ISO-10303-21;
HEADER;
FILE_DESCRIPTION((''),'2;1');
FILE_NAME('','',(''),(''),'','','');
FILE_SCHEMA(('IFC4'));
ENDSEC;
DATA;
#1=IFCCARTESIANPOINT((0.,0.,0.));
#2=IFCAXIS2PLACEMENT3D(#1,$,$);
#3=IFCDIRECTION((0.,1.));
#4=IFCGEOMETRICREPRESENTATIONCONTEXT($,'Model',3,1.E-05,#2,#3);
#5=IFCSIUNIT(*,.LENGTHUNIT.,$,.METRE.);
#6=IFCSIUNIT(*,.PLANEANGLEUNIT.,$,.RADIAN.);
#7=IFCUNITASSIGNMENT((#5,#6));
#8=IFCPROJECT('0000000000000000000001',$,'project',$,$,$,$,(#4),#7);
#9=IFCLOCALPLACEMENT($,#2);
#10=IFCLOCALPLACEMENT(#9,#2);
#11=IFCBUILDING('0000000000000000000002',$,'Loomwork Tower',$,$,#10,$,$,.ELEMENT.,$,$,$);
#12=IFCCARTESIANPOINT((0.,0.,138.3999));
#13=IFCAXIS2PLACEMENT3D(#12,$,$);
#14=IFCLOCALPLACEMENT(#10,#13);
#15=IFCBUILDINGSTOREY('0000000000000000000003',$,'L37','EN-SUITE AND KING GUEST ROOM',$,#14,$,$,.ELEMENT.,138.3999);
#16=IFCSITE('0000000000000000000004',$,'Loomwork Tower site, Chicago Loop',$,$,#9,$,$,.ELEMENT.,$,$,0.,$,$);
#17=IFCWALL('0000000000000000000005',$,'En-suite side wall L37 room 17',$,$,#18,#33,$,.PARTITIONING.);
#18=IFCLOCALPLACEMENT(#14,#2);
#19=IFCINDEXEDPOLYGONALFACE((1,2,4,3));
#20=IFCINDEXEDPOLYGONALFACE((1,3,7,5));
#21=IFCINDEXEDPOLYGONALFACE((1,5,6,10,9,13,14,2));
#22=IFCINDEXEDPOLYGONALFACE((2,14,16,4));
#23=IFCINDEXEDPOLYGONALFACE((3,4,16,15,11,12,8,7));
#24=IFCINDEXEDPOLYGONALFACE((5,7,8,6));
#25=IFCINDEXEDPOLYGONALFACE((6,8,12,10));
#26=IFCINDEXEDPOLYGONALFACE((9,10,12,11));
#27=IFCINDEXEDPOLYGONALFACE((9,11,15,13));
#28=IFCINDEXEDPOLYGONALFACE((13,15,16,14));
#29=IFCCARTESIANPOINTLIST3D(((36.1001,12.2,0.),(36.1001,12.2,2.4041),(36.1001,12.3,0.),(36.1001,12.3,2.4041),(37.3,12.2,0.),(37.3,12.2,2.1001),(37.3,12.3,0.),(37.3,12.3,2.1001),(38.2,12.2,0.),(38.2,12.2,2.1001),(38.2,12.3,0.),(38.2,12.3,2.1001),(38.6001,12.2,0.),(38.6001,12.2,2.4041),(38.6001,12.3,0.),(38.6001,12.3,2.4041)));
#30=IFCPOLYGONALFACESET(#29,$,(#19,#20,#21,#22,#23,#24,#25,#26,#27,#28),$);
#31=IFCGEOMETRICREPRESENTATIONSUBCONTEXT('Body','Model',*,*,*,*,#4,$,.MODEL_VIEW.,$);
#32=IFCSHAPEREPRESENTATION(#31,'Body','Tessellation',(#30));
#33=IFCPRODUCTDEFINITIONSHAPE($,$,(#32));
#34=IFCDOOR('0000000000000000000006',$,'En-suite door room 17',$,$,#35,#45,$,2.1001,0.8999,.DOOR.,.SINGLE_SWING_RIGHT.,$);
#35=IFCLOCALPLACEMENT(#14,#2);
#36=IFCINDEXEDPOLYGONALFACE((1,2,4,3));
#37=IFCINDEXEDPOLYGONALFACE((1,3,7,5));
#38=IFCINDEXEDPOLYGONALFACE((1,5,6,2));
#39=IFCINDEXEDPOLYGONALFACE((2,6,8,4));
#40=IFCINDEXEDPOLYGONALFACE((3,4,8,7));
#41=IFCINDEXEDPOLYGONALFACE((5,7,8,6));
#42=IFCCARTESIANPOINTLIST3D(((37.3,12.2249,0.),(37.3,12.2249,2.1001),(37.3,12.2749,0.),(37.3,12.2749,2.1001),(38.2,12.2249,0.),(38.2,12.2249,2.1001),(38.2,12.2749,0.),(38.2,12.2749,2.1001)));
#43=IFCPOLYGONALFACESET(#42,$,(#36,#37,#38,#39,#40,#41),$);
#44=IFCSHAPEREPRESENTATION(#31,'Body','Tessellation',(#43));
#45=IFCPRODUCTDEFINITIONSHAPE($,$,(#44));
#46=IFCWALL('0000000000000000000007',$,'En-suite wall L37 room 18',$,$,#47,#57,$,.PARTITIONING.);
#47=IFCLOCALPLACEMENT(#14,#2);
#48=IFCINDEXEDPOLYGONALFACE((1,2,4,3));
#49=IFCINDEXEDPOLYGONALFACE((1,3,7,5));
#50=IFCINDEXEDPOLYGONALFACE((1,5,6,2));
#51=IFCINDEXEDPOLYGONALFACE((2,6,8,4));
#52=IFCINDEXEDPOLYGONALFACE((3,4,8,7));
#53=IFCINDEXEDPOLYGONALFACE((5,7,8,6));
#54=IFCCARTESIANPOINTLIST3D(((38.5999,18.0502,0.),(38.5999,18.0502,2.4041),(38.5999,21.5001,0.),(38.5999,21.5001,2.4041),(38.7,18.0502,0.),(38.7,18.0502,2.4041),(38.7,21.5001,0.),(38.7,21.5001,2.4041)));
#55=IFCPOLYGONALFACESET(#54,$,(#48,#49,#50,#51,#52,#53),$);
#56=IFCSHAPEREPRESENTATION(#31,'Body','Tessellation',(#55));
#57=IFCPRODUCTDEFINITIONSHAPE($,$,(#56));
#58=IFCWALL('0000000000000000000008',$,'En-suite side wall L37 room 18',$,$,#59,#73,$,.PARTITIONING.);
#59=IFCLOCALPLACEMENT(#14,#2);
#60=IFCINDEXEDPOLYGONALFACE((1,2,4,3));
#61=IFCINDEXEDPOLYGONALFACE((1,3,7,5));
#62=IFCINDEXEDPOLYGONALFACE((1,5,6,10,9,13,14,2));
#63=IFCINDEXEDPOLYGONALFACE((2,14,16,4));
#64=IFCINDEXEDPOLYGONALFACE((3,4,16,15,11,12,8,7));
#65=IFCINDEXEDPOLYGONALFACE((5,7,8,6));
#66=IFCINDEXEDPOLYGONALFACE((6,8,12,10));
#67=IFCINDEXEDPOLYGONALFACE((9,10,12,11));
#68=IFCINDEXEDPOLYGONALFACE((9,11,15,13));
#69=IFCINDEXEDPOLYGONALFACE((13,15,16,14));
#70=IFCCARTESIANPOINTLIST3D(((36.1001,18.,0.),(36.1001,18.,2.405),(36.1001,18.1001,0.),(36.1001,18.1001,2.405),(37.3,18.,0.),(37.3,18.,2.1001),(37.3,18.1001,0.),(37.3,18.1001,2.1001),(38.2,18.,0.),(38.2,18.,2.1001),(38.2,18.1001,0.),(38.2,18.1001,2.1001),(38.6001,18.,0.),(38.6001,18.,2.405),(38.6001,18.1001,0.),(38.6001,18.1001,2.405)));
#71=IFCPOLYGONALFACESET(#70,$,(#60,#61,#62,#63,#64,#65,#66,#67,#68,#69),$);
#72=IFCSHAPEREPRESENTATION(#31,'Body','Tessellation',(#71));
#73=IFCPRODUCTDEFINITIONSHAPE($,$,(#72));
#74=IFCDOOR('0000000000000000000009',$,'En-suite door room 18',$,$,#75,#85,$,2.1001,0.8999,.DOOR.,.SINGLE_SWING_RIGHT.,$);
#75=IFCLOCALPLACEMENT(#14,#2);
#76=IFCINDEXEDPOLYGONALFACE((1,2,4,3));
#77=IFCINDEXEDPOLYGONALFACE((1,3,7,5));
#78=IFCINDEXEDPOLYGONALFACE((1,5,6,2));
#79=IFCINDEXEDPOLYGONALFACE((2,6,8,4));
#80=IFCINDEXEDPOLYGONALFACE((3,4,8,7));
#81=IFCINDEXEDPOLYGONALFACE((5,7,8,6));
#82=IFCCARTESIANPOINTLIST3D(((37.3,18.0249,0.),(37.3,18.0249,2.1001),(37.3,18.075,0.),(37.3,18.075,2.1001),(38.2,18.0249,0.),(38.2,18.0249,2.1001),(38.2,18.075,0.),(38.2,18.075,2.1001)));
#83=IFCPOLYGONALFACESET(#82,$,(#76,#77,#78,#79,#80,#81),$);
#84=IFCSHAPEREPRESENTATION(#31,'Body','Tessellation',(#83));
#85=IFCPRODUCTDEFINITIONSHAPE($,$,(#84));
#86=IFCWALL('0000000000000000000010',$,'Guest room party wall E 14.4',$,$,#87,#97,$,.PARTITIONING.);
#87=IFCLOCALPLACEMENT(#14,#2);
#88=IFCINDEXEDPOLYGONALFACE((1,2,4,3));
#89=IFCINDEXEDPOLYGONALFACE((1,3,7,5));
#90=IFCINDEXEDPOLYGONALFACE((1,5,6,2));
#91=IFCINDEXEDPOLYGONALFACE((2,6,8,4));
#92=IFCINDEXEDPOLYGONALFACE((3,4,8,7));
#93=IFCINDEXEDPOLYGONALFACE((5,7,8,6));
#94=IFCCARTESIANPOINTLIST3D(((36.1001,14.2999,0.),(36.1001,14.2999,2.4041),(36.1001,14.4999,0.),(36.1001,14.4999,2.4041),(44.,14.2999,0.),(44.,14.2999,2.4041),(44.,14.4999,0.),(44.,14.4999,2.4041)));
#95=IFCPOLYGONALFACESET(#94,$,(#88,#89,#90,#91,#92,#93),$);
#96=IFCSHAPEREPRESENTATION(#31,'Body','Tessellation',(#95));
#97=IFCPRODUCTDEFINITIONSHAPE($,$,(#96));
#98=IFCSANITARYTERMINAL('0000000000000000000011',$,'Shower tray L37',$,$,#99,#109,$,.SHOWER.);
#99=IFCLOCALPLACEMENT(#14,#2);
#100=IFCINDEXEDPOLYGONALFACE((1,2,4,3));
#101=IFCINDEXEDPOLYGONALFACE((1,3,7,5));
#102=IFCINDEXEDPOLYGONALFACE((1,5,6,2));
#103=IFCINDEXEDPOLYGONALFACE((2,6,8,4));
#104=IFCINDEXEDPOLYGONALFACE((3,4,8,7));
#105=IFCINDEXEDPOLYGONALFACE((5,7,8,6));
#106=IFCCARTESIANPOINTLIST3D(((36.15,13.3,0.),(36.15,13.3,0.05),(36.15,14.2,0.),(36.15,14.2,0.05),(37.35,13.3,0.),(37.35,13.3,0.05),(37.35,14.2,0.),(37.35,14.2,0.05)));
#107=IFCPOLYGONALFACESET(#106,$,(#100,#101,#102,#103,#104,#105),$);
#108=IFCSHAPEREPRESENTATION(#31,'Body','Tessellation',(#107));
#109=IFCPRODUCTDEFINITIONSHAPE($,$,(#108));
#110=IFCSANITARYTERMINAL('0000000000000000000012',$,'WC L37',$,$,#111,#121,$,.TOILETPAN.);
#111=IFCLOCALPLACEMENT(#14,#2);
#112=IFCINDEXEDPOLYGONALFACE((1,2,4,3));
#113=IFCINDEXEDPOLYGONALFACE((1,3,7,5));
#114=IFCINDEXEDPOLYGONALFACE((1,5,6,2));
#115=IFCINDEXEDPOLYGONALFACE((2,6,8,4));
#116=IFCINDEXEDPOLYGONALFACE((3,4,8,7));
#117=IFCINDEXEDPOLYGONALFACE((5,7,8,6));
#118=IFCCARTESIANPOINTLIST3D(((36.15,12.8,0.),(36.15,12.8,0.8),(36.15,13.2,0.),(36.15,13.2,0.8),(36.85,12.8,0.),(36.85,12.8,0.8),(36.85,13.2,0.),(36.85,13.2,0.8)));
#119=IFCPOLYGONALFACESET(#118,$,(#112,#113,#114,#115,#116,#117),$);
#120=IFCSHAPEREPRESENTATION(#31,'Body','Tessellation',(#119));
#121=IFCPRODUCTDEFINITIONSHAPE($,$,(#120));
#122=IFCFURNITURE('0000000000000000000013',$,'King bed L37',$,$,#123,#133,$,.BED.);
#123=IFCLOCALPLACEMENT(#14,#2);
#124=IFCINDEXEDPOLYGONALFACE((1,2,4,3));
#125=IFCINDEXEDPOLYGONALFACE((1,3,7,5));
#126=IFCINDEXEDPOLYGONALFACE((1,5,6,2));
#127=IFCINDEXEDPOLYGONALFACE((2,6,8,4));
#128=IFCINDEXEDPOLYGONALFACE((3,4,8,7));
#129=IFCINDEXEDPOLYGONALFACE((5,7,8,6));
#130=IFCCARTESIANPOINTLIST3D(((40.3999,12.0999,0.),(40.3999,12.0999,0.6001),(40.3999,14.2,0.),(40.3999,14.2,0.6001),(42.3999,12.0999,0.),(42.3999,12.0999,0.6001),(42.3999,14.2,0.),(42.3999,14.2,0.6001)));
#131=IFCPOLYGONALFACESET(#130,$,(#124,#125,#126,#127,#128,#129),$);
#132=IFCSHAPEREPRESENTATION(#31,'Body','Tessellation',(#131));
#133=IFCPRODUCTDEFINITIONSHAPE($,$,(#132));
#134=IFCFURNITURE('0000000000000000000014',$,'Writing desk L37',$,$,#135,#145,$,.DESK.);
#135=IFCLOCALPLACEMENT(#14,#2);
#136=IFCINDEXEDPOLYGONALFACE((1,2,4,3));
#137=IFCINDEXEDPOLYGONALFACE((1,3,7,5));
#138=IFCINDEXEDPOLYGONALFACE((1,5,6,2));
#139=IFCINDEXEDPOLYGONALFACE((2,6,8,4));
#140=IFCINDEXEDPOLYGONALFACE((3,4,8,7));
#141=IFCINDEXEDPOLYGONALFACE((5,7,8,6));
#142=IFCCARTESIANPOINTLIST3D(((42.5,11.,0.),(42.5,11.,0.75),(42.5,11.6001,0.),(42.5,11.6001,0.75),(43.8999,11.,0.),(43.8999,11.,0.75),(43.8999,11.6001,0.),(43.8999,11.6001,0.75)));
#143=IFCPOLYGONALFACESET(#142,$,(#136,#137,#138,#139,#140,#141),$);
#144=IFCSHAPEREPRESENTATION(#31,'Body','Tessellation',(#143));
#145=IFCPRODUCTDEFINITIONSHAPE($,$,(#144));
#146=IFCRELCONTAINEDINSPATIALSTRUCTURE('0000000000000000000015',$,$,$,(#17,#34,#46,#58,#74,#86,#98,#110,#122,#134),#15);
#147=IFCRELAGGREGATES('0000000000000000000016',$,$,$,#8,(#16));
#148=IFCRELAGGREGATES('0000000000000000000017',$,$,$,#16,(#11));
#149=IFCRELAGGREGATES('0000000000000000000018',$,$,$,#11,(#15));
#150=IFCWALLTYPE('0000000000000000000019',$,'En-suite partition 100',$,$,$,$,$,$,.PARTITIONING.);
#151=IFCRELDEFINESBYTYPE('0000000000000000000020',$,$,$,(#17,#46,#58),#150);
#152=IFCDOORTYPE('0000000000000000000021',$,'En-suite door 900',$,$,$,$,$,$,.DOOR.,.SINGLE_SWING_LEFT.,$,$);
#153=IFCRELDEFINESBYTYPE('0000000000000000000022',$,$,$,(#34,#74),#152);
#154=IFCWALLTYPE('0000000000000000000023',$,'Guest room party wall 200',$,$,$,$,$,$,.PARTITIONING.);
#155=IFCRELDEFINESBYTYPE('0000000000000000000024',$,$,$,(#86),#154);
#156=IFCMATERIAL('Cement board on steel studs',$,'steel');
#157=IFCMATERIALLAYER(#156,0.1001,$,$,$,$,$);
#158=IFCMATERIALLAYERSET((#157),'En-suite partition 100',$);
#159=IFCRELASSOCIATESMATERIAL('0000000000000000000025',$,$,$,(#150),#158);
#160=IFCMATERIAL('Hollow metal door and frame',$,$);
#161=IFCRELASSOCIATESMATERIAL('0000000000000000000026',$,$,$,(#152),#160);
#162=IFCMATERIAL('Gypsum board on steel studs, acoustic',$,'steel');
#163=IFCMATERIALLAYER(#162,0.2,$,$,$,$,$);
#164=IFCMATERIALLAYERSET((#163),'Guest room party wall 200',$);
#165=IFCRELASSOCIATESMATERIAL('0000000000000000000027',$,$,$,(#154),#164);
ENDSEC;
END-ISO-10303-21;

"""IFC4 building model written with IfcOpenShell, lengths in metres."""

from ifc_helpers import new_model, si_unit, direction, frame, frame_2d, origin, origin_2d, place, context, subcontext, project, spatial, rectangle, extrude, material, layer, layer_set, type_object, element, fill, save


model = new_model("IFC4")

# Units and contexts
model_context = context("Model", 3, precision=1e-05, world=origin(), true_north=direction((0.0, 1.0)))
body_context = subcontext(model_context, "Body", "Model", "MODEL_VIEW")
ifc_project = project(units=[si_unit("LENGTHUNIT", "METRE"), si_unit("PLANEANGLEUNIT", "RADIAN")], contexts=[model_context])

# Site, building, storey
site_placement = place(None, origin())
site = spatial("IfcSite", under=ifc_project, at=site_placement, Name="Loomwork Tower site, Chicago Loop", CompositionType="ELEMENT", RefElevation=0.0)
building_placement = place(site_placement, origin())
building = spatial("IfcBuilding", under=site, at=building_placement, Name="Loomwork Tower", CompositionType="ELEMENT")
storey_placement = place(building_placement, frame((0.0, 0.0, 138.3999)))
storey = spatial("IfcBuildingStorey", under=building, at=storey_placement, Name="L37", Description="EN-SUITE AND KING GUEST ROOM", CompositionType="ELEMENT", Elevation=138.3999)

# Shared definitions
ifc_material_1 = material(Name="Cement board on steel studs", Category="steel")
ifc_layer_1 = layer(ifc_material_1, 0.1001)
ifc_layer_set_1 = layer_set([ifc_layer_1], Name="En-suite partition 100")
wall_type_1 = type_object("IfcWallType", Name="En-suite partition 100", PredefinedType="PARTITIONING", material=ifc_layer_set_1)
ifc_material_2 = material(Name="Hollow metal door and frame")
door_type_1 = type_object("IfcDoorType", Name="En-suite door 900", OperationType="SINGLE_SWING_LEFT", PredefinedType="DOOR", material=ifc_material_2)

# Wall, opening, door
wall_1_placement = place(storey_placement, frame((36.1001, 12.25, 0.0), z_axis=(0.0, 0.0, 1.0), x_axis=(1.0, 0.0, 0.0)))
wall_1 = element("IfcWall", 1, at=wall_1_placement, inside=storey, type_object=wall_type_1, Name="En-suite side wall L37 room 17", PredefinedType="PARTITIONING", context=body_context, shape_type="SweptSolid", body=[
    extrude(rectangle(XDim=2.5, YDim=0.1001, at=frame_2d((1.25, 0.0))), origin(), (0.0, 0.0, 1.0), 2.4041),
])
opening_1_placement = place(wall_1_placement, frame((1.2, 0.0, 0.0)))
opening_1 = element("IfcOpeningElement", 2, at=opening_1_placement, cuts=wall_1, PredefinedType="OPENING", context=body_context, shape_type="SweptSolid", body=[
    extrude(rectangle(XDim=0.8999, YDim=2.1001, at=frame_2d((0.45, 1.05))), frame((0.0, 0.0601, 0.0), z_axis=(0.0, -1.0, 0.0), x_axis=(1.0, 0.0, 0.0)), (0.0, 0.0, 1.0), 0.1201),
])
door_1_placement = place(opening_1_placement, origin())
door_1 = element("IfcDoor", 3, at=door_1_placement, inside=storey, type_object=door_type_1, Name="En-suite door room 17", OperationType="SINGLE_SWING_RIGHT", OverallHeight=2.1001, OverallWidth=0.8999, PredefinedType="DOOR", context=body_context, shape_type="SweptSolid", body=[
    extrude(rectangle(XDim=0.8999, YDim=2.1001, at=frame_2d((0.45, 1.05))), frame((0.0, 0.0249, 0.0), z_axis=(0.0, -1.0, 0.0), x_axis=(1.0, 0.0, 0.0)), (0.0, 0.0, 1.0), 0.05),
])
fill(opening_1, door_1)

# Wall
wall_2_placement = place(storey_placement, frame((38.6499, 18.05, 0.0), z_axis=(0.0, 0.0, 1.0), x_axis=(0.0, 1.0, 0.0)))
element("IfcWall", 4, at=wall_2_placement, inside=storey, type_object=wall_type_1, Name="En-suite wall L37 room 18", PredefinedType="PARTITIONING", context=body_context, shape_type="SweptSolid", body=[
    extrude(rectangle(XDim=3.45, YDim=0.1001, at=frame_2d((1.7251, 0.0))), origin(), (0.0, 0.0, 1.0), 2.4041),
])

# Wall, opening, door
wall_3_placement = place(storey_placement, frame((36.1001, 18.05, 0.0), z_axis=(0.0, 0.0, 1.0), x_axis=(1.0, 0.0, 0.0)))
wall_3 = element("IfcWall", 5, at=wall_3_placement, inside=storey, type_object=wall_type_1, Name="En-suite side wall L37 room 18", PredefinedType="PARTITIONING", context=body_context, shape_type="SweptSolid", body=[
    extrude(rectangle(XDim=2.5, YDim=0.1001, at=frame_2d((1.25, 0.0))), origin(), (0.0, 0.0, 1.0), 2.405),
])
opening_2_placement = place(wall_3_placement, frame((1.2, 0.0, 0.0)))
opening_2 = element("IfcOpeningElement", 6, at=opening_2_placement, cuts=wall_3, PredefinedType="OPENING", context=body_context, shape_type="SweptSolid", body=[
    extrude(rectangle(XDim=0.8999, YDim=2.1001, at=frame_2d((0.45, 1.05))), frame((0.0, 0.0601, 0.0), z_axis=(0.0, -1.0, 0.0), x_axis=(1.0, 0.0, 0.0)), (0.0, 0.0, 1.0), 0.1201),
])
door_2_placement = place(opening_2_placement, origin())
door_2 = element("IfcDoor", 7, at=door_2_placement, inside=storey, type_object=door_type_1, Name="En-suite door room 18", OperationType="SINGLE_SWING_RIGHT", OverallHeight=2.1001, OverallWidth=0.8999, PredefinedType="DOOR", context=body_context, shape_type="SweptSolid", body=[
    extrude(rectangle(XDim=0.8999, YDim=2.1001, at=frame_2d((0.45, 1.05))), frame((0.0, 0.0249, 0.0), z_axis=(0.0, -1.0, 0.0), x_axis=(1.0, 0.0, 0.0)), (0.0, 0.0, 1.0), 0.05),
])
fill(opening_2, door_2)

# Wall
ifc_material_3 = material(Name="Gypsum board on steel studs, acoustic", Category="steel")
ifc_layer_2 = layer(ifc_material_3, 0.2)
ifc_layer_set_2 = layer_set([ifc_layer_2], Name="Guest room party wall 200")
wall_type_2 = type_object("IfcWallType", Name="Guest room party wall 200", PredefinedType="PARTITIONING", material=ifc_layer_set_2)
wall_4_placement = place(storey_placement, frame((36.1001, 14.3999, 0.0), z_axis=(0.0, 0.0, 1.0), x_axis=(1.0, 0.0, 0.0)))
element("IfcWall", 8, at=wall_4_placement, inside=storey, type_object=wall_type_2, Name="Guest room party wall E 14.4", PredefinedType="PARTITIONING", context=body_context, shape_type="SweptSolid", body=[
    extrude(rectangle(XDim=7.8999, YDim=0.2, at=frame_2d((3.95, 0.0))), origin(), (0.0, 0.0, 1.0), 2.4041),
])

# Sanitary terminals
sanitary_terminal_1_placement = place(storey_placement, frame((36.75, 13.75, 0.0), z_axis=(0.0, 0.0, 1.0), x_axis=(1.0, 0.0, 0.0)))
element("IfcSanitaryTerminal", 9, at=sanitary_terminal_1_placement, inside=storey, Name="Shower tray L37", PredefinedType="SHOWER", context=body_context, shape_type="SweptSolid", body=[
    extrude(rectangle(XDim=1.2, YDim=0.8999, at=origin_2d()), origin(), (0.0, 0.0, 1.0), 0.05),
])
sanitary_terminal_2_placement = place(storey_placement, frame((36.5, 13.0, 0.0), z_axis=(0.0, 0.0, 1.0), x_axis=(1.0, 0.0, 0.0)))
element("IfcSanitaryTerminal", 10, at=sanitary_terminal_2_placement, inside=storey, Name="WC L37", PredefinedType="TOILETPAN", context=body_context, shape_type="SweptSolid", body=[
    extrude(rectangle(XDim=0.7, YDim=0.3999, at=origin_2d()), origin(), (0.0, 0.0, 1.0), 0.8),
])

# Furniture
furniture_1_placement = place(storey_placement, frame((41.3999, 13.1499, 0.0), z_axis=(0.0, 0.0, 1.0), x_axis=(1.0, 0.0, 0.0)))
element("IfcFurniture", 11, at=furniture_1_placement, inside=storey, Name="King bed L37", PredefinedType="BED", context=body_context, shape_type="SweptSolid", body=[
    extrude(rectangle(XDim=2.0, YDim=2.1001, at=origin_2d()), origin(), (0.0, 0.0, 1.0), 0.6001),
])
furniture_2_placement = place(storey_placement, frame((43.2, 11.3, 0.0), z_axis=(0.0, 0.0, 1.0), x_axis=(1.0, 0.0, 0.0)))
element("IfcFurniture", 12, at=furniture_2_placement, inside=storey, Name="Writing desk L37", PredefinedType="DESK", context=body_context, shape_type="SweptSolid", body=[
    extrude(rectangle(XDim=1.3999, YDim=0.6001, at=origin_2d()), origin(), (0.0, 0.0, 1.0), 0.75),
])

save(model, "model.ifc")
